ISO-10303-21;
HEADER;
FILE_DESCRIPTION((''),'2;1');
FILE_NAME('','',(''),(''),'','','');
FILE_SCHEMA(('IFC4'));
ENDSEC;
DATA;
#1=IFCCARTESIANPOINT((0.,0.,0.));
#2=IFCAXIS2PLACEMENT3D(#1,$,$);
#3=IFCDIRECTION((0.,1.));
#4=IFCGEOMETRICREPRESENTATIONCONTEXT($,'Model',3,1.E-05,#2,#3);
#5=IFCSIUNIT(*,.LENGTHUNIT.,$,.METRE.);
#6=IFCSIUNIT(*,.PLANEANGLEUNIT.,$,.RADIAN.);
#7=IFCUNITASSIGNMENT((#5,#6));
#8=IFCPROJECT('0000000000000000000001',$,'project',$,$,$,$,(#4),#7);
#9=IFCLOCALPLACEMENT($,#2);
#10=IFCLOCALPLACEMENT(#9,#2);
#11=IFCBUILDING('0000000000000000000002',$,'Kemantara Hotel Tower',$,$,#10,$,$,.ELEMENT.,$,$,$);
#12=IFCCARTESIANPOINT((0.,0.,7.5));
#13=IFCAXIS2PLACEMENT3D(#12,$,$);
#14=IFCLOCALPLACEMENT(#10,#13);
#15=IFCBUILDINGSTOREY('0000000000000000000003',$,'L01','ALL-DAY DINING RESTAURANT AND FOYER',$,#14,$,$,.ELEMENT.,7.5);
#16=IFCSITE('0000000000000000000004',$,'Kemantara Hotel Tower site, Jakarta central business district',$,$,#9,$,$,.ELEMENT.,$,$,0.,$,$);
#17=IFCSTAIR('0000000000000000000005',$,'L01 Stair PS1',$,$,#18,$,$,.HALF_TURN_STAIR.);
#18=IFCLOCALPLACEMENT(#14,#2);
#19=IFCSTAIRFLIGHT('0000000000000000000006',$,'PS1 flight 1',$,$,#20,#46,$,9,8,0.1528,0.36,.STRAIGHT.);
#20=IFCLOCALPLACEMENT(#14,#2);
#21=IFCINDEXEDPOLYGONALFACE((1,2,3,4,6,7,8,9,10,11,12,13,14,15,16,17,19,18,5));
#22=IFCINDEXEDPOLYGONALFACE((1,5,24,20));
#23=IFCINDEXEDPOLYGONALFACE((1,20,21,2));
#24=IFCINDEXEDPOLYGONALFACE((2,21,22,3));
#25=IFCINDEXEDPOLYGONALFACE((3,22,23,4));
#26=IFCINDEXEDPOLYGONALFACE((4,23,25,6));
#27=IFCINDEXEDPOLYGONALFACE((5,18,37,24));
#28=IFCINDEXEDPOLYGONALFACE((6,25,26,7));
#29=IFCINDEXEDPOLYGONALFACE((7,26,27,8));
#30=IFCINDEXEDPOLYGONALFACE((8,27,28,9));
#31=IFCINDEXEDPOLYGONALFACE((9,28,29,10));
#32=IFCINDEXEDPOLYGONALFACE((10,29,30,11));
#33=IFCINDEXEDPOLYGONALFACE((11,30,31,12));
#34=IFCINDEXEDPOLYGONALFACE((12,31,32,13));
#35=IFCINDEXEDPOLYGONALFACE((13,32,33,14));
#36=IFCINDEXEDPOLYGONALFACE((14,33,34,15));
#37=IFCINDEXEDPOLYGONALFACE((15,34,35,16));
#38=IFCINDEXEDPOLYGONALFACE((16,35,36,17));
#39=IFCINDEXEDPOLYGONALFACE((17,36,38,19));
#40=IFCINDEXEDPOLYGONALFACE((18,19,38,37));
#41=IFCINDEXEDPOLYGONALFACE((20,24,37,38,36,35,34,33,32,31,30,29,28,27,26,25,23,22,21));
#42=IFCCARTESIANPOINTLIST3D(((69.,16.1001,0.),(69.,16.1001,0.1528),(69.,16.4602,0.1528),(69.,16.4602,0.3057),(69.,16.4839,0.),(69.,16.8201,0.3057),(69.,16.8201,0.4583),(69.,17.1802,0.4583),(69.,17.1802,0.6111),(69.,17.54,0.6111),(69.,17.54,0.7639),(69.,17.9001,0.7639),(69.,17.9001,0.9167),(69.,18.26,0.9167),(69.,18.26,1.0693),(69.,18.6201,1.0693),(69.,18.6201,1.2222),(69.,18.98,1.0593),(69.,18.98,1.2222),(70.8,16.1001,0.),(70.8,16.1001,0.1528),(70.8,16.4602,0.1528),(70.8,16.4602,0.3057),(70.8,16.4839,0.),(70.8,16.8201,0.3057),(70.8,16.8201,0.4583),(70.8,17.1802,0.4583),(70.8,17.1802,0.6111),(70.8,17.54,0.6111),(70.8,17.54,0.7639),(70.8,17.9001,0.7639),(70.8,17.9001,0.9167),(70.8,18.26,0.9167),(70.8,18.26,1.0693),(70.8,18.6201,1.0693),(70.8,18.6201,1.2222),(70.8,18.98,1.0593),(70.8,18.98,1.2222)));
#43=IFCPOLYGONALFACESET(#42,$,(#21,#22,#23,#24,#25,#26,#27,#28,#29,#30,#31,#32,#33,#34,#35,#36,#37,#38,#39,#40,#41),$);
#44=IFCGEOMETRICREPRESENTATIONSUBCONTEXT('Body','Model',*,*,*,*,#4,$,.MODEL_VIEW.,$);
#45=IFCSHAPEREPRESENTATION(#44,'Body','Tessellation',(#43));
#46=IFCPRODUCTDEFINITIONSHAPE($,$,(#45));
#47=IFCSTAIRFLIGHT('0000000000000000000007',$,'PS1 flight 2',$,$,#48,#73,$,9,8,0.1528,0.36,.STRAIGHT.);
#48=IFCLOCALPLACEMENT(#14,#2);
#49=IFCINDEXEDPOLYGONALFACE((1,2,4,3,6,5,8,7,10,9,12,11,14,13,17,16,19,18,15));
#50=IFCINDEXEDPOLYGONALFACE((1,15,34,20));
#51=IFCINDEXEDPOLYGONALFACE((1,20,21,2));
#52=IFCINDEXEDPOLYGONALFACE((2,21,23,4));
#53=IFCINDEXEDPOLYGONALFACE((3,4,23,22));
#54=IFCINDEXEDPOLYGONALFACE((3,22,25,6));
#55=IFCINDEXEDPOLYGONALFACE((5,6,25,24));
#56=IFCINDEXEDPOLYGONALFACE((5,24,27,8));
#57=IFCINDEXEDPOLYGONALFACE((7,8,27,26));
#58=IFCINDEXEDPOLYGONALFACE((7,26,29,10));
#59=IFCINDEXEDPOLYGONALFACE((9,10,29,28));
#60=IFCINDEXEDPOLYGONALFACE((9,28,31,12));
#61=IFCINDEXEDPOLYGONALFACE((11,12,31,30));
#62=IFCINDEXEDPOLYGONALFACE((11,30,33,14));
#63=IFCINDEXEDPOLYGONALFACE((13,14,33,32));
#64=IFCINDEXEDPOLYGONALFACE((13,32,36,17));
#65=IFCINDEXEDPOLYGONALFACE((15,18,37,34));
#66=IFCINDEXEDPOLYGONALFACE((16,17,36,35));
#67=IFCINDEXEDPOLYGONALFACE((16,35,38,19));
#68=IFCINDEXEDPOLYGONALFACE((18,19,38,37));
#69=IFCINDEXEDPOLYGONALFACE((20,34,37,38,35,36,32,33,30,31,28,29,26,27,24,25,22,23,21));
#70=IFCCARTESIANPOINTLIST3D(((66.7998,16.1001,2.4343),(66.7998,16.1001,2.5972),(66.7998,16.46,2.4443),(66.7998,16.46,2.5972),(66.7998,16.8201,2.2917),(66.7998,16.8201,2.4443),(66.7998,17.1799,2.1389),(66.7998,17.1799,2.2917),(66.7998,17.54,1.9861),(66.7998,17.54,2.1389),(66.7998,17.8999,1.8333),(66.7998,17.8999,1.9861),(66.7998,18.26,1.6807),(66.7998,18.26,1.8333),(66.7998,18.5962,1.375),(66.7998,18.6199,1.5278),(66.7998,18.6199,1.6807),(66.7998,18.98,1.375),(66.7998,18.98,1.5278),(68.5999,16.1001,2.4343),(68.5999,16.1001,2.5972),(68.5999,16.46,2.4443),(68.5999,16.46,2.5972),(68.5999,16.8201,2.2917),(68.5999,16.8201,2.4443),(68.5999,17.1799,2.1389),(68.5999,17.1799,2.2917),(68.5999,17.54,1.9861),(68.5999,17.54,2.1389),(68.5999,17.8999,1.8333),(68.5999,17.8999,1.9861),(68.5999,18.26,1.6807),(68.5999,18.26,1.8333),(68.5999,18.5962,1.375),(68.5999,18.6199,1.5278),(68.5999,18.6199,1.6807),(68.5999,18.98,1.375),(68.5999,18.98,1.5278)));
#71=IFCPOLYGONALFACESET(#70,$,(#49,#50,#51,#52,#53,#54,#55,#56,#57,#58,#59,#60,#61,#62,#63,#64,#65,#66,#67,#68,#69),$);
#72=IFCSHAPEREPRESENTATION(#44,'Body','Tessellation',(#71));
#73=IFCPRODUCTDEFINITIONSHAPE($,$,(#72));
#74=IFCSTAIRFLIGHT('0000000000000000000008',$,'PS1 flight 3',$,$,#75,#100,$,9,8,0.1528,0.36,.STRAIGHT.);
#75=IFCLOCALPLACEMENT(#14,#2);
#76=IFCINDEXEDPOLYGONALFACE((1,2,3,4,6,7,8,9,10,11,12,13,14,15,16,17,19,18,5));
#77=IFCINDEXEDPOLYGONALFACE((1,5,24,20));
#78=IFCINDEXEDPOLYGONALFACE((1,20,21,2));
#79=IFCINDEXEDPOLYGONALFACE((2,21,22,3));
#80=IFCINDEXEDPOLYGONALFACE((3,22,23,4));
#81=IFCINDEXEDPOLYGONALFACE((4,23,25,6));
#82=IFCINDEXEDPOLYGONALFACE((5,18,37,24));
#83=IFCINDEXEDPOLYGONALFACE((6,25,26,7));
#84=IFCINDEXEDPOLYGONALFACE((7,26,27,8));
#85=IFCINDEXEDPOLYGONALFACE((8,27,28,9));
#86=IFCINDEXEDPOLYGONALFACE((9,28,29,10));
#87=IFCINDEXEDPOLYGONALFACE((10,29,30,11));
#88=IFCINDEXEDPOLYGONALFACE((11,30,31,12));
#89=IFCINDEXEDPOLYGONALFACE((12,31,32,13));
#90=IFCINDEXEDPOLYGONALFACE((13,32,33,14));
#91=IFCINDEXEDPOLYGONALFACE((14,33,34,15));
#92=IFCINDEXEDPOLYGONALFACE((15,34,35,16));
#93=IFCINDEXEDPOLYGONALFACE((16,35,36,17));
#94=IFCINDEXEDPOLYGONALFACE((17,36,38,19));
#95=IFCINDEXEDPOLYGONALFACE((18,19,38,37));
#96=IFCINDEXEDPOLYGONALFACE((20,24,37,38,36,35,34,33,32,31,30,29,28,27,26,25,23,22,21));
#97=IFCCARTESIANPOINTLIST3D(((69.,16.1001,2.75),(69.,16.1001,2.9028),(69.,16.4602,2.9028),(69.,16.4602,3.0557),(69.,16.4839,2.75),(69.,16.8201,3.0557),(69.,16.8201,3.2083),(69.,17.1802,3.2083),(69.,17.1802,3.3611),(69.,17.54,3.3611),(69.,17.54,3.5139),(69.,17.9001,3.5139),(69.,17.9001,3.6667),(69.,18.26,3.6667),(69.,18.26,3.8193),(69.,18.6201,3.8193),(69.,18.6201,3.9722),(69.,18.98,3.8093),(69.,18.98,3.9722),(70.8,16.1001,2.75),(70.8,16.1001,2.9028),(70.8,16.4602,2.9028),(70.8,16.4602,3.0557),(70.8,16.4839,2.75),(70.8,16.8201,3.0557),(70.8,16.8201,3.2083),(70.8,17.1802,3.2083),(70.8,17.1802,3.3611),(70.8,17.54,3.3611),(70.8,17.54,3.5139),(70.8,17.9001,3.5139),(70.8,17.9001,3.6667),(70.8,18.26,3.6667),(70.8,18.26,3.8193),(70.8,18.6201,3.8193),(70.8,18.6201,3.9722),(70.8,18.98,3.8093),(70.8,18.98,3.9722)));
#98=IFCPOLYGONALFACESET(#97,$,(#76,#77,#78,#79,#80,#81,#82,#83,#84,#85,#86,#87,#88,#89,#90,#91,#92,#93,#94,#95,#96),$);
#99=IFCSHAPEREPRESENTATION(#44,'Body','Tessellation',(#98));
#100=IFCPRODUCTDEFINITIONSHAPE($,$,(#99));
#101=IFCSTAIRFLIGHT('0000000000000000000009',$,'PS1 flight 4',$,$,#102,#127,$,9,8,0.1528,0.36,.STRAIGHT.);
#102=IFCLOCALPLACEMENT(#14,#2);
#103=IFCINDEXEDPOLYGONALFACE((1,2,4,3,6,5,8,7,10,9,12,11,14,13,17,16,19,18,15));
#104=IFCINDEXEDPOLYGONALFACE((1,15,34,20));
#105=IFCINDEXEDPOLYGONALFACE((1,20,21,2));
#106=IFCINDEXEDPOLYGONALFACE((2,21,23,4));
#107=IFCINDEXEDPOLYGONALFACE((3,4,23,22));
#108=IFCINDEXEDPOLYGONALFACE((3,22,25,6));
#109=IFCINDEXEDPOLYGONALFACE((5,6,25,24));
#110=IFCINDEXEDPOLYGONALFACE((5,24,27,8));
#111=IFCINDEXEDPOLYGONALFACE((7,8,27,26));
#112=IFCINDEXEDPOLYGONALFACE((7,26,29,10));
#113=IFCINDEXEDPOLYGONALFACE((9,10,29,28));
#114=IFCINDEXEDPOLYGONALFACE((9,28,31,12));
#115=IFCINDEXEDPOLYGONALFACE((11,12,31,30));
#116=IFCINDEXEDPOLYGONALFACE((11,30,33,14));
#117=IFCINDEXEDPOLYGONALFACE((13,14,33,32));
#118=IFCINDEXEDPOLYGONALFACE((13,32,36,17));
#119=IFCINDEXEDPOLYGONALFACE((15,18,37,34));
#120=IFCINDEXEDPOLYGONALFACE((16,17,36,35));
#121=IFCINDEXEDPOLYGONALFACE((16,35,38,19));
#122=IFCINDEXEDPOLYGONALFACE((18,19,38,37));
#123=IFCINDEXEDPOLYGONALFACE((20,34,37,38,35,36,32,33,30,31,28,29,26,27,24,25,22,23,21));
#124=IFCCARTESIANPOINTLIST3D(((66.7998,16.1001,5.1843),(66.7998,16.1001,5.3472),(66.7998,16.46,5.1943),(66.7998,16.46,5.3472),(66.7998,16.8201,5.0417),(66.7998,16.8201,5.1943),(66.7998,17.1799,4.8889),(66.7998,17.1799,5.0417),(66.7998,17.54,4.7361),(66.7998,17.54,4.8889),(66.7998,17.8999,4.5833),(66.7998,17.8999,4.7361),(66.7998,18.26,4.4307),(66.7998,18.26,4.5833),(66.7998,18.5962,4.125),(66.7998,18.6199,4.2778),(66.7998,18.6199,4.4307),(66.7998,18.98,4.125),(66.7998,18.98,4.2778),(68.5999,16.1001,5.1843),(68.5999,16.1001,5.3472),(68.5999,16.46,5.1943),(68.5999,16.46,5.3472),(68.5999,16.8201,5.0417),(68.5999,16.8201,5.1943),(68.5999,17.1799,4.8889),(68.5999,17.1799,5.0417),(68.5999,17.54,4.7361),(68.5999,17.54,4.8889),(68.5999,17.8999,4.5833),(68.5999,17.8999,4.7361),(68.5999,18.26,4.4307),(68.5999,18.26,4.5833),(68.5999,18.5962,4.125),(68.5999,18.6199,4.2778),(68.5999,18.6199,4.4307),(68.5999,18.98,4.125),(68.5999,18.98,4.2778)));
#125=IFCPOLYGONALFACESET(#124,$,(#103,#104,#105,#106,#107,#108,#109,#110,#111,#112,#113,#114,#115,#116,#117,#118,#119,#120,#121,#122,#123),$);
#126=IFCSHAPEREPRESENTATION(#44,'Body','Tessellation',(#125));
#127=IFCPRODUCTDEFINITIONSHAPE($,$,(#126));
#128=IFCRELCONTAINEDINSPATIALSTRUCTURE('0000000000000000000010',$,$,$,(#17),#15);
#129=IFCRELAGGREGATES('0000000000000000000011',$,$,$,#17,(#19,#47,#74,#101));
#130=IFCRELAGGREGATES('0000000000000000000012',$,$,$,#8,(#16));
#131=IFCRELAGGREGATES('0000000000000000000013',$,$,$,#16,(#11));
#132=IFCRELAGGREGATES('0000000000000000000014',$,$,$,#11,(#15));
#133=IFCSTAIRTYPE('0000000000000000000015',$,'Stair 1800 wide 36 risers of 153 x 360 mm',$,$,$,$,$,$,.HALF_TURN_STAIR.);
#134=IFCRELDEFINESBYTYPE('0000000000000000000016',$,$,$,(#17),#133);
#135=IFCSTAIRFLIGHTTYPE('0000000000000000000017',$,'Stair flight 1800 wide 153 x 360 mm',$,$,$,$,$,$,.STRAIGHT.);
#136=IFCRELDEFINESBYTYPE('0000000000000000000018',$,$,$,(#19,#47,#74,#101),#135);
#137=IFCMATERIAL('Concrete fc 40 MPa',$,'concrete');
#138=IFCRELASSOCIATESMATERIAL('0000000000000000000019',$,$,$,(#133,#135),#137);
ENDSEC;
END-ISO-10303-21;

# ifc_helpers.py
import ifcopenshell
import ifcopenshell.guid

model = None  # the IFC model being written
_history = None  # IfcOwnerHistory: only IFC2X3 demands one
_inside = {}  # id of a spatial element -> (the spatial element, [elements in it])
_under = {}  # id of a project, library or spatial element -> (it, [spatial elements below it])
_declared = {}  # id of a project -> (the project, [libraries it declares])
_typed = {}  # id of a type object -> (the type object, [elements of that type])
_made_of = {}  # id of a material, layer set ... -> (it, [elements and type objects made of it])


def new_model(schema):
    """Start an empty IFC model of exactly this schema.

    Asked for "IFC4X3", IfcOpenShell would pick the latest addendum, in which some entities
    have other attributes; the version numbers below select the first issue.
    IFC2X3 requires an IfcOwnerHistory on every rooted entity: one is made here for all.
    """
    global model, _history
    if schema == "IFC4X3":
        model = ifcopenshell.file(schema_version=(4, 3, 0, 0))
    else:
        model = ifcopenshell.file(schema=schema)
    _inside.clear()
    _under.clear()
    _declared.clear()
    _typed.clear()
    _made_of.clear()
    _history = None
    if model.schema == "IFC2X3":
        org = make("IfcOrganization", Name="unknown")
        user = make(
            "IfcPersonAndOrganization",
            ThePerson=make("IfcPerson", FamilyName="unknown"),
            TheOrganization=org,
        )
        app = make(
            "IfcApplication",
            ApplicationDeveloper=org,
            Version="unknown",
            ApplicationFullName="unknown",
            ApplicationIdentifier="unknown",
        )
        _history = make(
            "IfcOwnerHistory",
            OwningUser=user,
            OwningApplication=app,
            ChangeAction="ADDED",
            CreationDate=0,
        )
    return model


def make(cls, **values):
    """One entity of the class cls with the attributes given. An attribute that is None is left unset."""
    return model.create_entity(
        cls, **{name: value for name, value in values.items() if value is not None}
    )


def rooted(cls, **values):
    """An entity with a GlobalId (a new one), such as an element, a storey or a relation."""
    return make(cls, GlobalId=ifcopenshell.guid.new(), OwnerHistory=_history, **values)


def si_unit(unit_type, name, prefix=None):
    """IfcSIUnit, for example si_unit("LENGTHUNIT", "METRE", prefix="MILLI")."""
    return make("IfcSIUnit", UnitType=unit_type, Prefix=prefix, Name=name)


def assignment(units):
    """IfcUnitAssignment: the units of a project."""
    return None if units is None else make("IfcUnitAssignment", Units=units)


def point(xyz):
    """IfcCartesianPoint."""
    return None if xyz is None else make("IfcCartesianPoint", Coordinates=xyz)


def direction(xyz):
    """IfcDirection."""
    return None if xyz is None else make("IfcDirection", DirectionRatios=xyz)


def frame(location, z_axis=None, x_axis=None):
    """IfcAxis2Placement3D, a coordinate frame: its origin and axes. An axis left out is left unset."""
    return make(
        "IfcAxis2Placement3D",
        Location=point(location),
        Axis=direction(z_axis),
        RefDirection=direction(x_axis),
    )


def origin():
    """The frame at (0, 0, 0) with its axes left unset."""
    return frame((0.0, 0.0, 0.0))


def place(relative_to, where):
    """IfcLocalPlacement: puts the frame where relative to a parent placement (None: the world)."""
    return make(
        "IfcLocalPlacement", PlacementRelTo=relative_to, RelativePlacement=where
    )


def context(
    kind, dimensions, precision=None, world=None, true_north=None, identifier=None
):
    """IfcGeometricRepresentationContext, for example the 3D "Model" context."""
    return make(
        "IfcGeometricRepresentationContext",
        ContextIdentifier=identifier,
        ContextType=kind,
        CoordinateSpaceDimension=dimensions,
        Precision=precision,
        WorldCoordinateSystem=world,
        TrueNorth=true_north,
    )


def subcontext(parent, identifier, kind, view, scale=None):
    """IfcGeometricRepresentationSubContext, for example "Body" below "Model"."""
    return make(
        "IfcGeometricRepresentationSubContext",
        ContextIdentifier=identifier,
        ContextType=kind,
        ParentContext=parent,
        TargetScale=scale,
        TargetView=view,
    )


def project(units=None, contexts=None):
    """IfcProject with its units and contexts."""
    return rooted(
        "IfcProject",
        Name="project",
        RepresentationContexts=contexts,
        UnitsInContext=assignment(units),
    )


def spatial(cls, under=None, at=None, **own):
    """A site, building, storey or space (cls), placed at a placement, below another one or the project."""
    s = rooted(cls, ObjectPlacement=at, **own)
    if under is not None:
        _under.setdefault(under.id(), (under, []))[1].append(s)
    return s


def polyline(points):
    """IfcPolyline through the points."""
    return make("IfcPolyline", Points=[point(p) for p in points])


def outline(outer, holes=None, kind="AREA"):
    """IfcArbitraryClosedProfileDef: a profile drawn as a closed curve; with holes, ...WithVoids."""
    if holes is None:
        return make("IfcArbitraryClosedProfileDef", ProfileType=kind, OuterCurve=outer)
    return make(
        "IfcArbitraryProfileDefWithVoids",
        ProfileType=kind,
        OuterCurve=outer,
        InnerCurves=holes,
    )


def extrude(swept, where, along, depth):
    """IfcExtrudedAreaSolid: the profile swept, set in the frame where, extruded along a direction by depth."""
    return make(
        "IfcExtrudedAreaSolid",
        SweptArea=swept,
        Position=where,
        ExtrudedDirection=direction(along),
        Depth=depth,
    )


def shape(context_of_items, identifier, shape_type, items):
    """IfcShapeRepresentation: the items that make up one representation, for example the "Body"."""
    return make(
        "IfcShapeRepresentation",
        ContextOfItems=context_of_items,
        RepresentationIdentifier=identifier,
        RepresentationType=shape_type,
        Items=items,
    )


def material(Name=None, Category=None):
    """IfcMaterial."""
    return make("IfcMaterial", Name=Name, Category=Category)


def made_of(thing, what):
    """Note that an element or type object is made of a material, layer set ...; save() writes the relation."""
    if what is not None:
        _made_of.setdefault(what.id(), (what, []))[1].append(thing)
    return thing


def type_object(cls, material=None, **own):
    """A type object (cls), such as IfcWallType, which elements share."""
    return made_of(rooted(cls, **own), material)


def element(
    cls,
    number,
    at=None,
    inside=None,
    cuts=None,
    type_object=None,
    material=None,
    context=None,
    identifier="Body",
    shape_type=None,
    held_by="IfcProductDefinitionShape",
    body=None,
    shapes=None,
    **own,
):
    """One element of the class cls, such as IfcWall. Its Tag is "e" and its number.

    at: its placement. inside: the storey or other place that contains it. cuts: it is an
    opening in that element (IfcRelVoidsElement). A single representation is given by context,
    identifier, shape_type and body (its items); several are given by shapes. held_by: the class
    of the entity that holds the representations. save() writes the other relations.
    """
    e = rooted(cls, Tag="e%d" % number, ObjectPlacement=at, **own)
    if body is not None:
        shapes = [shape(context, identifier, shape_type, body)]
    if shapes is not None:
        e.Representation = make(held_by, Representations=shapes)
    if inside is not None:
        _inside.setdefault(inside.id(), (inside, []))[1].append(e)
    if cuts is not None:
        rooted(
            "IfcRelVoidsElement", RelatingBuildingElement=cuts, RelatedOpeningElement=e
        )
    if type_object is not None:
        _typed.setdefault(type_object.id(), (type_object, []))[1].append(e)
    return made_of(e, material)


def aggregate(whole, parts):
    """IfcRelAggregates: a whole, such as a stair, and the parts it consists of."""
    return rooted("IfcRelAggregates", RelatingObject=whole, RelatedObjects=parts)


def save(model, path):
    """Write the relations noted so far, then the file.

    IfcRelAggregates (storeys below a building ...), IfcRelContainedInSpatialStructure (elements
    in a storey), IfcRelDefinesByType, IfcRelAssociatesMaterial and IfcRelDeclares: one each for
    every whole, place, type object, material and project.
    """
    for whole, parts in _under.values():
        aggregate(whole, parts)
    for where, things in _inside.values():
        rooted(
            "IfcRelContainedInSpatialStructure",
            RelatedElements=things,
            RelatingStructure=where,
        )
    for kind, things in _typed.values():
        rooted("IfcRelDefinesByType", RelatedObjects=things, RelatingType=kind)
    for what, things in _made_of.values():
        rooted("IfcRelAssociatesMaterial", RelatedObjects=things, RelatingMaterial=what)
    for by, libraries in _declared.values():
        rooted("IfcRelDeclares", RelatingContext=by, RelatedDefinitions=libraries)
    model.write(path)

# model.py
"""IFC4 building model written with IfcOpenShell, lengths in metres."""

from ifc_helpers import new_model, si_unit, direction, frame, origin, place, context, subcontext, project, spatial, polyline, outline, extrude, material, type_object, element, aggregate, save


model = new_model("IFC4")

# Units and contexts
model_context = context("Model", 3, precision=1e-05, world=origin(), true_north=direction((0.0, 1.0)))
body_context = subcontext(model_context, "Body", "Model", "MODEL_VIEW")
ifc_project = project(units=[si_unit("LENGTHUNIT", "METRE"), si_unit("PLANEANGLEUNIT", "RADIAN")], contexts=[model_context])

# Site, building, storey
site_placement = place(None, origin())
site = spatial("IfcSite", under=ifc_project, at=site_placement, Name="Kemantara Hotel Tower site, Jakarta central business district", CompositionType="ELEMENT", RefElevation=0.0)
building_placement = place(site_placement, origin())
building = spatial("IfcBuilding", under=site, at=building_placement, Name="Kemantara Hotel Tower", CompositionType="ELEMENT")
storey_placement = place(building_placement, frame((0.0, 0.0, 7.5)))
storey = spatial("IfcBuildingStorey", under=building, at=storey_placement, Name="L01", Description="ALL-DAY DINING RESTAURANT AND FOYER", CompositionType="ELEMENT", Elevation=7.5)

# Shared definitions
ifc_material_1 = material(Name="Concrete fc 40 MPa", Category="concrete")

# Stair, stair flights
stair_type = type_object("IfcStairType", Name="Stair 1800 wide 36 risers of 153 x 360 mm", PredefinedType="HALF_TURN_STAIR", material=ifc_material_1)
stair_flight_type = type_object("IfcStairFlightType", Name="Stair flight 1800 wide 153 x 360 mm", PredefinedType="STRAIGHT", material=ifc_material_1)
stair_1_placement = place(storey_placement, origin())
stair_1 = element("IfcStair", 1, at=stair_1_placement, inside=storey, type_object=stair_type, Name="L01 Stair PS1", PredefinedType="HALF_TURN_STAIR")
stair_flight_1_placement = place(storey_placement, frame((69.8999, 16.1001, 0.0), z_axis=(0.0, 0.0, 1.0), x_axis=(0.0, 1.0, 0.0)))
stair_flight_1 = element("IfcStairFlight", 2, at=stair_flight_1_placement, type_object=stair_flight_type, Name="PS1 flight 1", NumberOfRisers=9, NumberOfTreads=8, PredefinedType="STRAIGHT", RiserHeight=0.1528, TreadLength=0.36, context=body_context, shape_type="SweptSolid", body=[
    extrude(outline(polyline([(0.0, 0.0), (0.0, 0.1528), (0.3601, 0.1528), (0.3601, 0.3057), (0.72, 0.3057), (0.72, 0.4583), (1.0801, 0.4583), (1.0801, 0.6111), (1.4399, 0.6111), (1.4399, 0.7639), (1.8, 0.7639), (1.8, 0.9167), (2.1599, 0.9167), (2.1599, 1.0693), (2.52, 1.0693), (2.52, 1.2222), (2.8799, 1.2222), (2.8799, 1.375), (2.8799, 1.0593), (0.3838, 0.0), (0.0, 0.0)])), frame((0.0, 0.8999, 0.0), z_axis=(0.0, -1.0, 0.0), x_axis=(1.0, 0.0, 0.0)), (0.0, 0.0, 1.0), 1.8),
])
stair_flight_2_placement = place(storey_placement, frame((67.7, 18.98, 1.375), z_axis=(0.0, 0.0, 1.0), x_axis=(0.0, -1.0, 0.0)))
stair_flight_2 = element("IfcStairFlight", 3, at=stair_flight_2_placement, type_object=stair_flight_type, Name="PS1 flight 2", NumberOfRisers=9, NumberOfTreads=8, PredefinedType="STRAIGHT", RiserHeight=0.1528, TreadLength=0.36, context=body_context, shape_type="SweptSolid", body=[
    extrude(outline(polyline([(0.0, 0.0), (0.0, 0.1528), (0.3601, 0.1528), (0.3601, 0.3057), (0.72, 0.3057), (0.72, 0.4583), (1.0801, 0.4583), (1.0801, 0.6111), (1.4399, 0.6111), (1.4399, 0.7639), (1.8, 0.7639), (1.8, 0.9167), (2.1599, 0.9167), (2.1599, 1.0693), (2.52, 1.0693), (2.52, 1.2222), (2.8799, 1.2222), (2.8799, 1.375), (2.8799, 1.0593), (0.3838, 0.0), (0.0, 0.0)])), frame((0.0, 0.8999, 0.0), z_axis=(0.0, -1.0, 0.0), x_axis=(1.0, 0.0, 0.0)), (0.0, 0.0, 1.0), 1.8),
])
stair_flight_3_placement = place(storey_placement, frame((69.8999, 16.1001, 2.75), z_axis=(0.0, 0.0, 1.0), x_axis=(0.0, 1.0, 0.0)))
stair_flight_3 = element("IfcStairFlight", 4, at=stair_flight_3_placement, type_object=stair_flight_type, Name="PS1 flight 3", NumberOfRisers=9, NumberOfTreads=8, PredefinedType="STRAIGHT", RiserHeight=0.1528, TreadLength=0.36, context=body_context, shape_type="SweptSolid", body=[
    extrude(outline(polyline([(0.0, 0.0), (0.0, 0.1528), (0.3601, 0.1528), (0.3601, 0.3057), (0.72, 0.3057), (0.72, 0.4583), (1.0801, 0.4583), (1.0801, 0.6111), (1.4399, 0.6111), (1.4399, 0.7639), (1.8, 0.7639), (1.8, 0.9167), (2.1599, 0.9167), (2.1599, 1.0693), (2.52, 1.0693), (2.52, 1.2222), (2.8799, 1.2222), (2.8799, 1.375), (2.8799, 1.0593), (0.3838, 0.0), (0.0, 0.0)])), frame((0.0, 0.8999, 0.0), z_axis=(0.0, -1.0, 0.0), x_axis=(1.0, 0.0, 0.0)), (0.0, 0.0, 1.0), 1.8),
])
stair_flight_4_placement = place(storey_placement, frame((67.7, 18.98, 4.125), z_axis=(0.0, 0.0, 1.0), x_axis=(0.0, -1.0, 0.0)))
stair_flight_4 = element("IfcStairFlight", 5, at=stair_flight_4_placement, type_object=stair_flight_type, Name="PS1 flight 4", NumberOfRisers=9, NumberOfTreads=8, PredefinedType="STRAIGHT", RiserHeight=0.1528, TreadLength=0.36, context=body_context, shape_type="SweptSolid", body=[
    extrude(outline(polyline([(0.0, 0.0), (0.0, 0.1528), (0.3601, 0.1528), (0.3601, 0.3057), (0.72, 0.3057), (0.72, 0.4583), (1.0801, 0.4583), (1.0801, 0.6111), (1.4399, 0.6111), (1.4399, 0.7639), (1.8, 0.7639), (1.8, 0.9167), (2.1599, 0.9167), (2.1599, 1.0693), (2.52, 1.0693), (2.52, 1.2222), (2.8799, 1.2222), (2.8799, 1.375), (2.8799, 1.0593), (0.3838, 0.0), (0.0, 0.0)])), frame((0.0, 0.8999, 0.0), z_axis=(0.0, -1.0, 0.0), x_axis=(1.0, 0.0, 0.0)), (0.0, 0.0, 1.0), 1.8),
])
aggregate(stair_1, [stair_flight_1, stair_flight_2, stair_flight_3, stair_flight_4])

save(model, "model.ifc")
